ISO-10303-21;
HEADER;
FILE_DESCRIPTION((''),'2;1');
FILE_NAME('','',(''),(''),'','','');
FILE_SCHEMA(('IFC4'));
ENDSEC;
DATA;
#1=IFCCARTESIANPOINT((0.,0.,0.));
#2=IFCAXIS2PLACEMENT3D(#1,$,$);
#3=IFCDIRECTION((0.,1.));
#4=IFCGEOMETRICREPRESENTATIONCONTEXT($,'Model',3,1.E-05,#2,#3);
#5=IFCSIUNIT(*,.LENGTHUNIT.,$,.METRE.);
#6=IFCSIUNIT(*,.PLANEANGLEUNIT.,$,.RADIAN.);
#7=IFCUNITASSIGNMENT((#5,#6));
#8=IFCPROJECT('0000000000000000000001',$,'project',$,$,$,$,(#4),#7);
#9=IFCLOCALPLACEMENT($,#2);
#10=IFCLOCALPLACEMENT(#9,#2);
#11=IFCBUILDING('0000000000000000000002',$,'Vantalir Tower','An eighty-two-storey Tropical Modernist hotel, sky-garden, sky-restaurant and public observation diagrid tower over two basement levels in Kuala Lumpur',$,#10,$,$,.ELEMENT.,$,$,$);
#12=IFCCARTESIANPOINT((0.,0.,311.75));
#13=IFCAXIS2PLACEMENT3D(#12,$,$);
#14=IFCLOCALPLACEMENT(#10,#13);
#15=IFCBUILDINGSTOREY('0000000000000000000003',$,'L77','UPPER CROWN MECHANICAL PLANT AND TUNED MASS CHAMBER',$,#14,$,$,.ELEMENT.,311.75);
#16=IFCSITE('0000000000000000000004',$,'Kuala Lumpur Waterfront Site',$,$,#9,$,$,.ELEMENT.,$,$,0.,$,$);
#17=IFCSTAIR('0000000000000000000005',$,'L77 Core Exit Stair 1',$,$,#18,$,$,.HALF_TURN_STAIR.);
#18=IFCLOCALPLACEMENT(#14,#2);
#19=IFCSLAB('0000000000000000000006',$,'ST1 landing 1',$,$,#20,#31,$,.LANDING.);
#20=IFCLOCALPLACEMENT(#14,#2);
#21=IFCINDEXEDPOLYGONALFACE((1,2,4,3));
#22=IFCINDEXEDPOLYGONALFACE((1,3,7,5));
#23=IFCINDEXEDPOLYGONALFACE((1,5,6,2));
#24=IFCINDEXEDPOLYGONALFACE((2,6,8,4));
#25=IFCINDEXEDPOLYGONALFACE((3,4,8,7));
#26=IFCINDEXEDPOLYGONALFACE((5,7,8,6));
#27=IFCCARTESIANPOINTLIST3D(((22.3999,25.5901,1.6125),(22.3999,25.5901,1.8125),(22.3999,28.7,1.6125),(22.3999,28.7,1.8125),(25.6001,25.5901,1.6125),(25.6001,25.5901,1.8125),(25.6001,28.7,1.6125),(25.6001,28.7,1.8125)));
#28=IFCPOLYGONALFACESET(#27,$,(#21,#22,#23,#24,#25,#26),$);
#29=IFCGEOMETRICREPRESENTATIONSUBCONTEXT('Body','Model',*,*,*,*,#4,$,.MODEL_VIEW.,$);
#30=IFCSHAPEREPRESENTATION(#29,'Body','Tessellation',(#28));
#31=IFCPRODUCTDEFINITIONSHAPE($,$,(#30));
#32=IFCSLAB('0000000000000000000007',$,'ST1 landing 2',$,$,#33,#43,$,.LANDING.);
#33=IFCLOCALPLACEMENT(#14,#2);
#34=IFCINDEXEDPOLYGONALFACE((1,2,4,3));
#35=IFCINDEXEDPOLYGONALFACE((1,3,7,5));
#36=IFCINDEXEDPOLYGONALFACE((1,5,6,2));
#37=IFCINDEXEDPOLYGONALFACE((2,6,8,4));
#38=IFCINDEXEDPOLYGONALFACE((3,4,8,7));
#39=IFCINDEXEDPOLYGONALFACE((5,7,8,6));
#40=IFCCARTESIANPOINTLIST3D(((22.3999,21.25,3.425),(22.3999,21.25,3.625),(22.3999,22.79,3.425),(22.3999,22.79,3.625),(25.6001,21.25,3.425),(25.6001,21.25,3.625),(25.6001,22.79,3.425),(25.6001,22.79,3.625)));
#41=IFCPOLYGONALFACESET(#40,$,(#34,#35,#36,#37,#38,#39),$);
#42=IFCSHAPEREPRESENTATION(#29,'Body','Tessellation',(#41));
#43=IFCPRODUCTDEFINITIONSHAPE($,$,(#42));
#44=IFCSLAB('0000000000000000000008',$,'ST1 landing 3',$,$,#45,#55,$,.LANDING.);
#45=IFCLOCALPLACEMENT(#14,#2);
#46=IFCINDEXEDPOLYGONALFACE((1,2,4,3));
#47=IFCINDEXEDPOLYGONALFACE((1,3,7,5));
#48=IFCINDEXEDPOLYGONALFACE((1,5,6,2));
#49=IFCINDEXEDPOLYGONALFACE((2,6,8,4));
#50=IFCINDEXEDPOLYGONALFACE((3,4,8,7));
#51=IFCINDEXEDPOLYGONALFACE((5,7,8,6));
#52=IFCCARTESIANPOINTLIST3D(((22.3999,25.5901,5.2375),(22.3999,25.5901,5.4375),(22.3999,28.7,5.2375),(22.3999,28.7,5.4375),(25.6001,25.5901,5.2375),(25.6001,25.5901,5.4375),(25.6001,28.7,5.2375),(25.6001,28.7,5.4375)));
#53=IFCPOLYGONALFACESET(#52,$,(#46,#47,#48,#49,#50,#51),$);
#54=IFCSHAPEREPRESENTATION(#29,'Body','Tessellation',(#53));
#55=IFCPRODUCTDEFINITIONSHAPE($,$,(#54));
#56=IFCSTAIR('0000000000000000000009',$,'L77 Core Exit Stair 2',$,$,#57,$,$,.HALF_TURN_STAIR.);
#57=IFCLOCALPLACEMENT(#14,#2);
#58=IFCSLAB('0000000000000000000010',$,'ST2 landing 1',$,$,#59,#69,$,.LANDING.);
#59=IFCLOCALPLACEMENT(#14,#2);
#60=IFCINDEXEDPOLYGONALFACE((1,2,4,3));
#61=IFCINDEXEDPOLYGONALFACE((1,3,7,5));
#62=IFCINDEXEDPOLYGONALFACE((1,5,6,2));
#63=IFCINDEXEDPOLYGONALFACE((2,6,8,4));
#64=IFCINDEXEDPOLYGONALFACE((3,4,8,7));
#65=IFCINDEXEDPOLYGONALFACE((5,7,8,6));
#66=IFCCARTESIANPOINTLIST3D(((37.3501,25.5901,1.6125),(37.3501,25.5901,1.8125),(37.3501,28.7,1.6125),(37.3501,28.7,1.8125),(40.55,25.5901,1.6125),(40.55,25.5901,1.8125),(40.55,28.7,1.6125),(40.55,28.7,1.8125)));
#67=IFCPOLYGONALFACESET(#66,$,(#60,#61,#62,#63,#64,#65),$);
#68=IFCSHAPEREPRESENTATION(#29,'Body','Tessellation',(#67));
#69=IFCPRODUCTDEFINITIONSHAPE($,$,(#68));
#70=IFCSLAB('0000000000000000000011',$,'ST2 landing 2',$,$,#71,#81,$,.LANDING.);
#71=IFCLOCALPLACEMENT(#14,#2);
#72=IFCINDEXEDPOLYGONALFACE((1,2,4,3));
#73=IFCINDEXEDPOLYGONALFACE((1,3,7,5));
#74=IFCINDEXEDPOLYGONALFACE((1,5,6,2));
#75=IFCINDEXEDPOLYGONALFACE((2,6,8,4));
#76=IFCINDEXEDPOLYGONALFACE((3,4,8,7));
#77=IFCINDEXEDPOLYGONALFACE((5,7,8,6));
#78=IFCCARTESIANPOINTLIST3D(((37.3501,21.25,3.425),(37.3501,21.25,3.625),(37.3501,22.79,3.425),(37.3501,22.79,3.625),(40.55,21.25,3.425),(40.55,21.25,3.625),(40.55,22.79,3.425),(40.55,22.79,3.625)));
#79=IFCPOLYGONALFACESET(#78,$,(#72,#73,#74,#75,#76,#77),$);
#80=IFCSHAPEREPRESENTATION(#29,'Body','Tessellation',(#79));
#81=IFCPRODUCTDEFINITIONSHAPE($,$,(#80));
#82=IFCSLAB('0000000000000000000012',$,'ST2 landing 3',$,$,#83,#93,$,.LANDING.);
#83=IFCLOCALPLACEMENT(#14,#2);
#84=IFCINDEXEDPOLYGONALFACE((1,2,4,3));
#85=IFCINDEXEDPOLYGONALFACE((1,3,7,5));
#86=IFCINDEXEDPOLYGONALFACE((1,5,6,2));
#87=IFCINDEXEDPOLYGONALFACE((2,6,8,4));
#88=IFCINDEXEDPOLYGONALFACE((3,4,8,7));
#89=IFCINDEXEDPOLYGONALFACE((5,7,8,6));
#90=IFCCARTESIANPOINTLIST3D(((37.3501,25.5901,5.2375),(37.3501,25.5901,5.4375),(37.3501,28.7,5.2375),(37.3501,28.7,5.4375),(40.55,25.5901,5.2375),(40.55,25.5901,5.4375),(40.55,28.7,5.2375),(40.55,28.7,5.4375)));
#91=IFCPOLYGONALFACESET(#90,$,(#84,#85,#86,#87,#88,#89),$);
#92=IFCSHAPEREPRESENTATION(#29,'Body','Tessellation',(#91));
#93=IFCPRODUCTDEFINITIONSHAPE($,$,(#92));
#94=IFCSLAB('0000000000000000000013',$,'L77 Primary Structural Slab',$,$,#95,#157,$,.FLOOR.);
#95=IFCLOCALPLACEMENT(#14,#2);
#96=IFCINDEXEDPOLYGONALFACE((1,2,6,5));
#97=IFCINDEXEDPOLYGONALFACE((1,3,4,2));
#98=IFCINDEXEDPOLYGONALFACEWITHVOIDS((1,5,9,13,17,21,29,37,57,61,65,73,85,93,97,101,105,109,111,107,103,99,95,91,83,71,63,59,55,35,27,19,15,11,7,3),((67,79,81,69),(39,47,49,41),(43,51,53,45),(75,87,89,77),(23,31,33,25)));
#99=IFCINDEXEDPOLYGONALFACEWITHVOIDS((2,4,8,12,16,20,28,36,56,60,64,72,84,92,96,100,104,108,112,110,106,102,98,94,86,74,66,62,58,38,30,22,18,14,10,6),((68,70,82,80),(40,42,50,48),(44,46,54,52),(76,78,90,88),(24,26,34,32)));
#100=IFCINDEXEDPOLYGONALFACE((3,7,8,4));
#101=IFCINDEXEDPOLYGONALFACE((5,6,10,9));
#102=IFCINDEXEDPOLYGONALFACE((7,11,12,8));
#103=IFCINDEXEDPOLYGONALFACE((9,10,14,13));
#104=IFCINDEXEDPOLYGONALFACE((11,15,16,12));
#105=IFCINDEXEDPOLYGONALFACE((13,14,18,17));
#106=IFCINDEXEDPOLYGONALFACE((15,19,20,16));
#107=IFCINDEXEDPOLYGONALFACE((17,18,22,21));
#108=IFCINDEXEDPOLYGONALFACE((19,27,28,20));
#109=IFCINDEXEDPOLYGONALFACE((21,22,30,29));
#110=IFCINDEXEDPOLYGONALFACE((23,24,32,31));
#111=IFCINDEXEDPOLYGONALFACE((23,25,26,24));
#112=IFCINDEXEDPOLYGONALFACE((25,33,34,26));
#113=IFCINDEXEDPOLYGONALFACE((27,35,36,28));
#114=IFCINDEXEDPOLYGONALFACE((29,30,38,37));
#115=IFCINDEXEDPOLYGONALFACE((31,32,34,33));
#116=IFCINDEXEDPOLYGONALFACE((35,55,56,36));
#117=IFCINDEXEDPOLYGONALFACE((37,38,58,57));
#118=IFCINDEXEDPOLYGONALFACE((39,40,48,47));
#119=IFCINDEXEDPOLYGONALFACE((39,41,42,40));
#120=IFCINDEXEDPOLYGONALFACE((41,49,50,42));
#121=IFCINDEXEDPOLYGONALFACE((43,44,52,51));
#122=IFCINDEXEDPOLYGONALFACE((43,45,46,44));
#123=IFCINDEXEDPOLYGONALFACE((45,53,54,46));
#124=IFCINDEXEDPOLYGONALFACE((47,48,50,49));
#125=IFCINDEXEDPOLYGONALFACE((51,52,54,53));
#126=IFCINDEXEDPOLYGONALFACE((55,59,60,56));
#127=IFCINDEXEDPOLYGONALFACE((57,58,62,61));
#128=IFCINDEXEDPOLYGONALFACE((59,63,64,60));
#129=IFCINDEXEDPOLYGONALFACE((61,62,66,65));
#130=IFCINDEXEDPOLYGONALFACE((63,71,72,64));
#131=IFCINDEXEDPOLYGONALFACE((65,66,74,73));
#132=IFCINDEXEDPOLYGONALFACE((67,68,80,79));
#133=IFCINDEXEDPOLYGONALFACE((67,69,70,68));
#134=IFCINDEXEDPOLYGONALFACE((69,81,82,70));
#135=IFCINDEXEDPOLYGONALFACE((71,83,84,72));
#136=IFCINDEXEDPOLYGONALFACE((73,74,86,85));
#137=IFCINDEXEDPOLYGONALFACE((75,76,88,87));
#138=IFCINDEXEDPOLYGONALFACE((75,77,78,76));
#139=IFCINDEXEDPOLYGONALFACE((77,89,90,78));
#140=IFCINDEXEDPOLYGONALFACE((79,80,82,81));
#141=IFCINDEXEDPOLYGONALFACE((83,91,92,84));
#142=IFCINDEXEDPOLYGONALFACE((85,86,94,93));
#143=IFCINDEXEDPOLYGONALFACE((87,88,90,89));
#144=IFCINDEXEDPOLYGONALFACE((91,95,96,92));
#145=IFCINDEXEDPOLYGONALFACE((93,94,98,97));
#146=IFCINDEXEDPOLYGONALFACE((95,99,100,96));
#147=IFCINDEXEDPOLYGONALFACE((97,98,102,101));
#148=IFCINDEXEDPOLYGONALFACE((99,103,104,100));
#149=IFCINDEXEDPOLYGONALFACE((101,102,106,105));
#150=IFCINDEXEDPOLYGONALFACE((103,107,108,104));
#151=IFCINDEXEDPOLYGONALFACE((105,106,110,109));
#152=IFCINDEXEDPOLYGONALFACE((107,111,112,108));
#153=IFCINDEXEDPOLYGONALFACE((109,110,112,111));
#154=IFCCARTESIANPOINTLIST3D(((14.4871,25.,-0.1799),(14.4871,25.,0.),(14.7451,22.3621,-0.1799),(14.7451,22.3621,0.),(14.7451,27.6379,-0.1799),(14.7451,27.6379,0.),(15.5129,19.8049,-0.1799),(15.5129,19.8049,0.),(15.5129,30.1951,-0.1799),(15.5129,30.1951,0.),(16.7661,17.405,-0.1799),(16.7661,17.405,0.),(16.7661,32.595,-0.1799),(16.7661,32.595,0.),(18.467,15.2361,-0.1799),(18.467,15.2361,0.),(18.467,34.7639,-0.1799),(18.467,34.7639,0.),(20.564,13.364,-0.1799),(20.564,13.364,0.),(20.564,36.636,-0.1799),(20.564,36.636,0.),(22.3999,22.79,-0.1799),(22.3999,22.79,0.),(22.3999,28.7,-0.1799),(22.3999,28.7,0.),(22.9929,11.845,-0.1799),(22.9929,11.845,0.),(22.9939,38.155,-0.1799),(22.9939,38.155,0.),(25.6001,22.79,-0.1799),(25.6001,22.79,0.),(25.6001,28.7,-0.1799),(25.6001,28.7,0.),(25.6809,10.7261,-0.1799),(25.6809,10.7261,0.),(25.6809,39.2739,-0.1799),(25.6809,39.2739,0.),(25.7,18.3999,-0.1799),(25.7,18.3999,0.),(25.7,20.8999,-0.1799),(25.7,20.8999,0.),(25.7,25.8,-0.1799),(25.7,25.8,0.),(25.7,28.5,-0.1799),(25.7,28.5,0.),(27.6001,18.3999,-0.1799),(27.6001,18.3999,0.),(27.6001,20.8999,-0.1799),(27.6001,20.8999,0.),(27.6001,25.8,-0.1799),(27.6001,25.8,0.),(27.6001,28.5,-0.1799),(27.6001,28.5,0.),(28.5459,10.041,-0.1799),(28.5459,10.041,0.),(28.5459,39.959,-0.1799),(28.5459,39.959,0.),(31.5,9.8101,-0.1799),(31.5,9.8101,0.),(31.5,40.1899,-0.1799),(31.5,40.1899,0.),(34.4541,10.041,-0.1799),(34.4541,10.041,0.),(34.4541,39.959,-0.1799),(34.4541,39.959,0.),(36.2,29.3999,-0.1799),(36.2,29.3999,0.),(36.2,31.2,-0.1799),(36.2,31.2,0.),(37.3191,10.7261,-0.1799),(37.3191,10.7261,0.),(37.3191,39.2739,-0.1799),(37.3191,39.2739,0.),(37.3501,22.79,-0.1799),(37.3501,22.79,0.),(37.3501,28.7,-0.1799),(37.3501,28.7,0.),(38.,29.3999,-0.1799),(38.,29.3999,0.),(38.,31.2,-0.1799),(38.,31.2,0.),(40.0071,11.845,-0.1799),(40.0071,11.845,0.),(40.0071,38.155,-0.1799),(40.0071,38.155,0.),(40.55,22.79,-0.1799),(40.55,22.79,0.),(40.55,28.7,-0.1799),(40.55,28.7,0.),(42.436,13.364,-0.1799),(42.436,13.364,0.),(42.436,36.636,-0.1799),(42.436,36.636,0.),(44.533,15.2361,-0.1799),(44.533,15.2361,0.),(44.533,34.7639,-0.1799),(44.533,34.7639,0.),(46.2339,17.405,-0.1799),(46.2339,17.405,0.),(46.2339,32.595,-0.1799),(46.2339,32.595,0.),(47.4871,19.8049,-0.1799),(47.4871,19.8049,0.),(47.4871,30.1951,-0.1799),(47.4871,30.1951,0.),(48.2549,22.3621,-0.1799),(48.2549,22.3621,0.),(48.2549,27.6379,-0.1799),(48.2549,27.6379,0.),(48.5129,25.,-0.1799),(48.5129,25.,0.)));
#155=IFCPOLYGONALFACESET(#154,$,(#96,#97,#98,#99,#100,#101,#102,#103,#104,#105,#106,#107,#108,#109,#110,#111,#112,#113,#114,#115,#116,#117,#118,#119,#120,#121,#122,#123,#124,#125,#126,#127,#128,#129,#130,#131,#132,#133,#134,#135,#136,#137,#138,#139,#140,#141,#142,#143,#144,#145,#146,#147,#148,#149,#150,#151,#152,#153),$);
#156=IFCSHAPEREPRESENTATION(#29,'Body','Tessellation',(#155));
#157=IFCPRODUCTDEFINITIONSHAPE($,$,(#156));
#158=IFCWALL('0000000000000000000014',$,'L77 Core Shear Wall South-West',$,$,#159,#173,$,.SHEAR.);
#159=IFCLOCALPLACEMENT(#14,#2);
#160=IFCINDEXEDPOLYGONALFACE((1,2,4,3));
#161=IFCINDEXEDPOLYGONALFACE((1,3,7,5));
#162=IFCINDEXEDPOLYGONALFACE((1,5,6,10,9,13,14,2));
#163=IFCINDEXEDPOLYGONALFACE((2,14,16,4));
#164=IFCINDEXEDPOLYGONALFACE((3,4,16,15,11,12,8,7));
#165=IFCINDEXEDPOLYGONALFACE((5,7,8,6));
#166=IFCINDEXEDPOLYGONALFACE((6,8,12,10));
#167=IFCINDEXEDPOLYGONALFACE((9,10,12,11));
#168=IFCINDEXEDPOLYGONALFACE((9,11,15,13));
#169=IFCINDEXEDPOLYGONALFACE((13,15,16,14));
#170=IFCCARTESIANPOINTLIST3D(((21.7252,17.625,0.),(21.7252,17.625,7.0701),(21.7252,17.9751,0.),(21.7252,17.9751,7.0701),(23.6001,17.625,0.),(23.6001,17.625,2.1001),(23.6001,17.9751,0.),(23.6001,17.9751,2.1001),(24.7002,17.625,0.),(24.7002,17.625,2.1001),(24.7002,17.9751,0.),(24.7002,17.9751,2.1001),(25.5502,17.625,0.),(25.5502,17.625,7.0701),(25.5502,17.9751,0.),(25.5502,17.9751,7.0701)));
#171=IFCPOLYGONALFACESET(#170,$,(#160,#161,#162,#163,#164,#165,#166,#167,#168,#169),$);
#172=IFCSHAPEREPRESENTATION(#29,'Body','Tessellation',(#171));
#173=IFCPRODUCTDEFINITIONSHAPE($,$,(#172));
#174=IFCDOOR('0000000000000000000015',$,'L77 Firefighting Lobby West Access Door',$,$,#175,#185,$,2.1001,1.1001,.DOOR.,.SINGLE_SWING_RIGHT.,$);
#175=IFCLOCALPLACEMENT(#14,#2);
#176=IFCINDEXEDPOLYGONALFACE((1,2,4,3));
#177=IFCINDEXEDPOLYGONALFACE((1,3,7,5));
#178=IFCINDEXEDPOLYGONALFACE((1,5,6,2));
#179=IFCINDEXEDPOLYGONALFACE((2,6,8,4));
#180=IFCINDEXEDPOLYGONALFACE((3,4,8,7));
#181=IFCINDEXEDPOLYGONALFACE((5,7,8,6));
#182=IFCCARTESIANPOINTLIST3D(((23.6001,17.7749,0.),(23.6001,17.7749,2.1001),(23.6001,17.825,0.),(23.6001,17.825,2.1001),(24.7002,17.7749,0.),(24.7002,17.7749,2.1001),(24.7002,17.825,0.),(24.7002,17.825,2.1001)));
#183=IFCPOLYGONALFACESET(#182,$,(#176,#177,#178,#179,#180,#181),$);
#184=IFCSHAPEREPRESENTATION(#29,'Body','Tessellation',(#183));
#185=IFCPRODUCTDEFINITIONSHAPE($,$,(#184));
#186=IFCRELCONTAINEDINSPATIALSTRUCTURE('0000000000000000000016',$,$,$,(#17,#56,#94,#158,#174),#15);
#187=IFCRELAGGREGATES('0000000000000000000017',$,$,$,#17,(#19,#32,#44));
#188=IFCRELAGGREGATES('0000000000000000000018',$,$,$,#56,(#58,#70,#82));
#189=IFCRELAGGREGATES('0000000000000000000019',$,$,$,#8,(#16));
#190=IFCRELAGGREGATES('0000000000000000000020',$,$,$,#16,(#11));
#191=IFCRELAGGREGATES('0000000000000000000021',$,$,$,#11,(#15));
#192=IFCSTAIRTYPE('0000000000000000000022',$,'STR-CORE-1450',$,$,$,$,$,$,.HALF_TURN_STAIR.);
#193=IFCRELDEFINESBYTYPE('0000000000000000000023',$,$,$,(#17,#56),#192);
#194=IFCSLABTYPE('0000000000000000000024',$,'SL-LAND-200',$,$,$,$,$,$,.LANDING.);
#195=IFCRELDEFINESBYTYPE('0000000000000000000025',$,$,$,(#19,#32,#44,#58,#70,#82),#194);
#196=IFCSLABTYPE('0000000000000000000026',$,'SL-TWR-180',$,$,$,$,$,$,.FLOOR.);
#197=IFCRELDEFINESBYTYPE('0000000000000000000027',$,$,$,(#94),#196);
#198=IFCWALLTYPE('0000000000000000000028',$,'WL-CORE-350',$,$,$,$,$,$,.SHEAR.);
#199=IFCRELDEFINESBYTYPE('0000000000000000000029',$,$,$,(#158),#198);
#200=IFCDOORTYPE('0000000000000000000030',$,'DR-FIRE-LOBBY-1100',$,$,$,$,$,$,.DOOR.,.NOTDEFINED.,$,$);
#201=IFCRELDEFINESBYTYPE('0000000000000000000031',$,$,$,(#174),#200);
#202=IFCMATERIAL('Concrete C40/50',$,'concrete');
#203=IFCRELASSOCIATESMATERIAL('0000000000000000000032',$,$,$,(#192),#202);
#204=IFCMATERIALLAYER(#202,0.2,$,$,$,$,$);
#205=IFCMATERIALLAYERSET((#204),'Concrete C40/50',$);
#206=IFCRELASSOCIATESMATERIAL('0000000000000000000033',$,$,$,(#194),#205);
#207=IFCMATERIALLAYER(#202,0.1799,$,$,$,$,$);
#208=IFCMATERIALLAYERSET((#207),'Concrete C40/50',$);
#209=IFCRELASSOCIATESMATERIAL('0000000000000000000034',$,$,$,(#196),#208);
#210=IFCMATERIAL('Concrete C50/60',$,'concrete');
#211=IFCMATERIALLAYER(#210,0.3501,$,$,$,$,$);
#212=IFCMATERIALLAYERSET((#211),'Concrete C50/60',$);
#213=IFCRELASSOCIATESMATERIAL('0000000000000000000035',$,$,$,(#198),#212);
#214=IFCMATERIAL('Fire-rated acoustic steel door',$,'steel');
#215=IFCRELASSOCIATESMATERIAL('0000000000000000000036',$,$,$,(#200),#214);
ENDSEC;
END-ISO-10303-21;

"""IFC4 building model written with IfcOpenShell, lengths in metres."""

from ifc_helpers import new_model, si_unit, direction, frame, frame_2d, origin, place, context, subcontext, project, spatial, polyline, rectangle, outline, extrude, material, layer, layer_set, type_object, element, fill, aggregate, save


model = new_model("IFC4")

# Units and contexts
model_context = context("Model", 3, precision=1e-05, world=origin(), true_north=direction((0.0, 1.0)))
body_context = subcontext(model_context, "Body", "Model", "MODEL_VIEW")
ifc_project = project(units=[si_unit("LENGTHUNIT", "METRE"), si_unit("PLANEANGLEUNIT", "RADIAN")], contexts=[model_context])

# Site, building, storey
site_placement = place(None, origin())
site = spatial("IfcSite", under=ifc_project, at=site_placement, Name="Kuala Lumpur Waterfront Site", CompositionType="ELEMENT", RefElevation=0.0)
building_placement = place(site_placement, origin())
building = spatial("IfcBuilding", under=site, at=building_placement, Name="Vantalir Tower", Description="An eighty-two-storey Tropical Modernist hotel, sky-garden, sky-restaurant and public observation diagrid tower over two basement levels in Kuala Lumpur", CompositionType="ELEMENT")
storey_placement = place(building_placement, frame((0.0, 0.0, 311.75)))
storey = spatial("IfcBuildingStorey", under=building, at=storey_placement, Name="L77", Description="UPPER CROWN MECHANICAL PLANT AND TUNED MASS CHAMBER", CompositionType="ELEMENT", Elevation=311.75)

# Stairs, slabs
ifc_material_1 = material(Name="Concrete C40/50", Category="concrete")
stair_type = type_object("IfcStairType", Name="STR-CORE-1450", PredefinedType="HALF_TURN_STAIR", material=ifc_material_1)
stair_1_placement = place(storey_placement, origin())
stair_1 = element("IfcStair", 1, at=stair_1_placement, inside=storey, type_object=stair_type, Name="L77 Core Exit Stair 1", PredefinedType="HALF_TURN_STAIR")
ifc_layer_1 = layer(ifc_material_1, 0.2)
ifc_layer_set_1 = layer_set([ifc_layer_1], Name="Concrete C40/50")
slab_type_1 = type_object("IfcSlabType", Name="SL-LAND-200", PredefinedType="LANDING", material=ifc_layer_set_1)
slab_1_placement = place(storey_placement, frame((0.0, 0.0, 1.6125)))
slab_1 = element("IfcSlab", 2, at=slab_1_placement, type_object=slab_type_1, Name="ST1 landing 1", PredefinedType="LANDING", context=body_context, shape_type="SweptSolid", body=[
    extrude(outline(polyline([(25.6001, 25.5901), (25.6001, 28.7), (22.3999, 28.7), (22.3999, 25.5901), (25.6001, 25.5901)])), origin(), (0.0, 0.0, 1.0), 0.2),
])
slab_2_placement = place(storey_placement, frame((0.0, 0.0, 3.425)))
slab_2 = element("IfcSlab", 3, at=slab_2_placement, type_object=slab_type_1, Name="ST1 landing 2", PredefinedType="LANDING", context=body_context, shape_type="SweptSolid", body=[
    extrude(outline(polyline([(25.6001, 21.25), (25.6001, 22.79), (22.3999, 22.79), (22.3999, 21.25), (25.6001, 21.25)])), origin(), (0.0, 0.0, 1.0), 0.2),
])
slab_3_placement = place(storey_placement, frame((0.0, 0.0, 5.2375)))
slab_3 = element("IfcSlab", 4, at=slab_3_placement, type_object=slab_type_1, Name="ST1 landing 3", PredefinedType="LANDING", context=body_context, shape_type="SweptSolid", body=[
    extrude(outline(polyline([(25.6001, 25.5901), (25.6001, 28.7), (22.3999, 28.7), (22.3999, 25.5901), (25.6001, 25.5901)])), origin(), (0.0, 0.0, 1.0), 0.2),
])
aggregate(stair_1, [slab_1, slab_2, slab_3])
stair_2_placement = place(storey_placement, origin())
stair_2 = element("IfcStair", 5, at=stair_2_placement, inside=storey, type_object=stair_type, Name="L77 Core Exit Stair 2", PredefinedType="HALF_TURN_STAIR")
slab_4_placement = place(storey_placement, frame((0.0, 0.0, 1.6125)))
slab_4 = element("IfcSlab", 6, at=slab_4_placement, type_object=slab_type_1, Name="ST2 landing 1", PredefinedType="LANDING", context=body_context, shape_type="SweptSolid", body=[
    extrude(outline(polyline([(40.55, 25.5901), (40.55, 28.7), (37.3501, 28.7), (37.3501, 25.5901), (40.55, 25.5901)])), origin(), (0.0, 0.0, 1.0), 0.2),
])
slab_5_placement = place(storey_placement, frame((0.0, 0.0, 3.425)))
slab_5 = element("IfcSlab", 7, at=slab_5_placement, type_object=slab_type_1, Name="ST2 landing 2", PredefinedType="LANDING", context=body_context, shape_type="SweptSolid", body=[
    extrude(outline(polyline([(40.55, 21.25), (40.55, 22.79), (37.3501, 22.79), (37.3501, 21.25), (40.55, 21.25)])), origin(), (0.0, 0.0, 1.0), 0.2),
])
slab_6_placement = place(storey_placement, frame((0.0, 0.0, 5.2375)))
slab_6 = element("IfcSlab", 8, at=slab_6_placement, type_object=slab_type_1, Name="ST2 landing 3", PredefinedType="LANDING", context=body_context, shape_type="SweptSolid", body=[
    extrude(outline(polyline([(40.55, 25.5901), (40.55, 28.7), (37.3501, 28.7), (37.3501, 25.5901), (40.55, 25.5901)])), origin(), (0.0, 0.0, 1.0), 0.2),
])
aggregate(stair_2, [slab_4, slab_5, slab_6])

# Slab
ifc_layer_2 = layer(ifc_material_1, 0.1799)
ifc_layer_set_2 = layer_set([ifc_layer_2], Name="Concrete C40/50")
slab_type_2 = type_object("IfcSlabType", Name="SL-TWR-180", PredefinedType="FLOOR", material=ifc_layer_set_2)
slab_7_placement = place(storey_placement, frame((0.0, 0.0, -0.1799)))
element("IfcSlab", 9, at=slab_7_placement, inside=storey, type_object=slab_type_2, Name="L77 Primary Structural Slab", PredefinedType="FLOOR", context=body_context, shape_type="SweptSolid", body=[
    extrude(outline(polyline([(44.533, 15.2361), (46.2339, 17.405), (47.4871, 19.8049), (48.2549, 22.3621), (48.5129, 25.0), (48.2549, 27.6379), (47.4871, 30.1951), (46.2339, 32.595), (44.533, 34.7639), (42.436, 36.636), (40.0071, 38.155), (37.3191, 39.2739), (34.4541, 39.959), (31.5, 40.1899), (28.5459, 39.959), (25.6809, 39.2739), (22.9939, 38.155), (20.564, 36.636), (18.467, 34.7639), (16.7661, 32.595), (15.5129, 30.1951), (14.7451, 27.6379), (14.4871, 25.0), (14.7451, 22.3621), (15.5129, 19.8049), (16.7661, 17.405), (18.467, 15.2361), (20.564, 13.364), (22.9929, 11.845), (25.6809, 10.7261), (28.5459, 10.041), (31.5, 9.8101), (34.4541, 10.041), (37.3191, 10.7261), (40.0071, 11.845), (42.436, 13.364), (44.533, 15.2361)]), holes=[polyline([(25.6001, 22.79), (22.3999, 22.79), (22.3999, 28.7), (25.6001, 28.7), (25.6001, 22.79)]), polyline([(37.3501, 22.79), (37.3501, 28.7), (40.55, 28.7), (40.55, 22.79), (37.3501, 22.79)]), polyline([(25.7, 20.8999), (27.6001, 20.8999), (27.6001, 18.3999), (25.7, 18.3999), (25.7, 20.8999)]), polyline([(27.6001, 28.5), (27.6001, 25.8), (25.7, 25.8), (25.7, 28.5), (27.6001, 28.5)]), polyline([(38.0, 29.3999), (36.2, 29.3999), (36.2, 31.2), (38.0, 31.2), (38.0, 29.3999)])]), origin(), (0.0, 0.0, 1.0), 0.1799),
])

# Wall, opening, door
ifc_material_2 = material(Name="Concrete C50/60", Category="concrete")
ifc_layer_3 = layer(ifc_material_2, 0.3501)
ifc_layer_set_3 = layer_set([ifc_layer_3], Name="Concrete C50/60")
wall_type = type_object("IfcWallType", Name="WL-CORE-350", PredefinedType="SHEAR", material=ifc_layer_set_3)
wall_placement = place(storey_placement, frame((21.7251, 17.8, 0.0), z_axis=(0.0, 0.0, 1.0), x_axis=(1.0, 0.0, 0.0)))
wall = element("IfcWall", 10, at=wall_placement, inside=storey, type_object=wall_type, Name="L77 Core Shear Wall South-West", PredefinedType="SHEAR", context=body_context, shape_type="SweptSolid", body=[
    extrude(rectangle(XDim=3.825, YDim=0.3501, at=frame_2d((1.9126, 0.0))), origin(), (0.0, 0.0, 1.0), 7.0701),
])
opening_placement = place(wall_placement, frame((1.875, 0.0, 0.0)))
opening = element("IfcOpeningElement", 11, at=opening_placement, cuts=wall, PredefinedType="OPENING", context=body_context, shape_type="SweptSolid", body=[
    extrude(rectangle(XDim=1.1001, YDim=2.1001, at=frame_2d((0.55, 1.05))), frame((0.0, 0.1851, 0.0), z_axis=(0.0, -1.0, 0.0), x_axis=(1.0, 0.0, 0.0)), (0.0, 0.0, 1.0), 0.3701),
])
ifc_material_3 = material(Name="Fire-rated acoustic steel door", Category="steel")
door_type = type_object("IfcDoorType", Name="DR-FIRE-LOBBY-1100", OperationType="NOTDEFINED", PredefinedType="DOOR", material=ifc_material_3)
door_placement = place(opening_placement, origin())
door = element("IfcDoor", 12, at=door_placement, inside=storey, type_object=door_type, Name="L77 Firefighting Lobby West Access Door", OperationType="SINGLE_SWING_RIGHT", OverallHeight=2.1001, OverallWidth=1.1001, PredefinedType="DOOR", context=body_context, shape_type="SweptSolid", body=[
    extrude(rectangle(XDim=1.1001, YDim=2.1001, at=frame_2d((0.55, 1.05))), frame((0.0, 0.0249, 0.0), z_axis=(0.0, -1.0, 0.0), x_axis=(1.0, 0.0, 0.0)), (0.0, 0.0, 1.0), 0.05),
])
fill(opening, door)

save(model, "model.ifc")
